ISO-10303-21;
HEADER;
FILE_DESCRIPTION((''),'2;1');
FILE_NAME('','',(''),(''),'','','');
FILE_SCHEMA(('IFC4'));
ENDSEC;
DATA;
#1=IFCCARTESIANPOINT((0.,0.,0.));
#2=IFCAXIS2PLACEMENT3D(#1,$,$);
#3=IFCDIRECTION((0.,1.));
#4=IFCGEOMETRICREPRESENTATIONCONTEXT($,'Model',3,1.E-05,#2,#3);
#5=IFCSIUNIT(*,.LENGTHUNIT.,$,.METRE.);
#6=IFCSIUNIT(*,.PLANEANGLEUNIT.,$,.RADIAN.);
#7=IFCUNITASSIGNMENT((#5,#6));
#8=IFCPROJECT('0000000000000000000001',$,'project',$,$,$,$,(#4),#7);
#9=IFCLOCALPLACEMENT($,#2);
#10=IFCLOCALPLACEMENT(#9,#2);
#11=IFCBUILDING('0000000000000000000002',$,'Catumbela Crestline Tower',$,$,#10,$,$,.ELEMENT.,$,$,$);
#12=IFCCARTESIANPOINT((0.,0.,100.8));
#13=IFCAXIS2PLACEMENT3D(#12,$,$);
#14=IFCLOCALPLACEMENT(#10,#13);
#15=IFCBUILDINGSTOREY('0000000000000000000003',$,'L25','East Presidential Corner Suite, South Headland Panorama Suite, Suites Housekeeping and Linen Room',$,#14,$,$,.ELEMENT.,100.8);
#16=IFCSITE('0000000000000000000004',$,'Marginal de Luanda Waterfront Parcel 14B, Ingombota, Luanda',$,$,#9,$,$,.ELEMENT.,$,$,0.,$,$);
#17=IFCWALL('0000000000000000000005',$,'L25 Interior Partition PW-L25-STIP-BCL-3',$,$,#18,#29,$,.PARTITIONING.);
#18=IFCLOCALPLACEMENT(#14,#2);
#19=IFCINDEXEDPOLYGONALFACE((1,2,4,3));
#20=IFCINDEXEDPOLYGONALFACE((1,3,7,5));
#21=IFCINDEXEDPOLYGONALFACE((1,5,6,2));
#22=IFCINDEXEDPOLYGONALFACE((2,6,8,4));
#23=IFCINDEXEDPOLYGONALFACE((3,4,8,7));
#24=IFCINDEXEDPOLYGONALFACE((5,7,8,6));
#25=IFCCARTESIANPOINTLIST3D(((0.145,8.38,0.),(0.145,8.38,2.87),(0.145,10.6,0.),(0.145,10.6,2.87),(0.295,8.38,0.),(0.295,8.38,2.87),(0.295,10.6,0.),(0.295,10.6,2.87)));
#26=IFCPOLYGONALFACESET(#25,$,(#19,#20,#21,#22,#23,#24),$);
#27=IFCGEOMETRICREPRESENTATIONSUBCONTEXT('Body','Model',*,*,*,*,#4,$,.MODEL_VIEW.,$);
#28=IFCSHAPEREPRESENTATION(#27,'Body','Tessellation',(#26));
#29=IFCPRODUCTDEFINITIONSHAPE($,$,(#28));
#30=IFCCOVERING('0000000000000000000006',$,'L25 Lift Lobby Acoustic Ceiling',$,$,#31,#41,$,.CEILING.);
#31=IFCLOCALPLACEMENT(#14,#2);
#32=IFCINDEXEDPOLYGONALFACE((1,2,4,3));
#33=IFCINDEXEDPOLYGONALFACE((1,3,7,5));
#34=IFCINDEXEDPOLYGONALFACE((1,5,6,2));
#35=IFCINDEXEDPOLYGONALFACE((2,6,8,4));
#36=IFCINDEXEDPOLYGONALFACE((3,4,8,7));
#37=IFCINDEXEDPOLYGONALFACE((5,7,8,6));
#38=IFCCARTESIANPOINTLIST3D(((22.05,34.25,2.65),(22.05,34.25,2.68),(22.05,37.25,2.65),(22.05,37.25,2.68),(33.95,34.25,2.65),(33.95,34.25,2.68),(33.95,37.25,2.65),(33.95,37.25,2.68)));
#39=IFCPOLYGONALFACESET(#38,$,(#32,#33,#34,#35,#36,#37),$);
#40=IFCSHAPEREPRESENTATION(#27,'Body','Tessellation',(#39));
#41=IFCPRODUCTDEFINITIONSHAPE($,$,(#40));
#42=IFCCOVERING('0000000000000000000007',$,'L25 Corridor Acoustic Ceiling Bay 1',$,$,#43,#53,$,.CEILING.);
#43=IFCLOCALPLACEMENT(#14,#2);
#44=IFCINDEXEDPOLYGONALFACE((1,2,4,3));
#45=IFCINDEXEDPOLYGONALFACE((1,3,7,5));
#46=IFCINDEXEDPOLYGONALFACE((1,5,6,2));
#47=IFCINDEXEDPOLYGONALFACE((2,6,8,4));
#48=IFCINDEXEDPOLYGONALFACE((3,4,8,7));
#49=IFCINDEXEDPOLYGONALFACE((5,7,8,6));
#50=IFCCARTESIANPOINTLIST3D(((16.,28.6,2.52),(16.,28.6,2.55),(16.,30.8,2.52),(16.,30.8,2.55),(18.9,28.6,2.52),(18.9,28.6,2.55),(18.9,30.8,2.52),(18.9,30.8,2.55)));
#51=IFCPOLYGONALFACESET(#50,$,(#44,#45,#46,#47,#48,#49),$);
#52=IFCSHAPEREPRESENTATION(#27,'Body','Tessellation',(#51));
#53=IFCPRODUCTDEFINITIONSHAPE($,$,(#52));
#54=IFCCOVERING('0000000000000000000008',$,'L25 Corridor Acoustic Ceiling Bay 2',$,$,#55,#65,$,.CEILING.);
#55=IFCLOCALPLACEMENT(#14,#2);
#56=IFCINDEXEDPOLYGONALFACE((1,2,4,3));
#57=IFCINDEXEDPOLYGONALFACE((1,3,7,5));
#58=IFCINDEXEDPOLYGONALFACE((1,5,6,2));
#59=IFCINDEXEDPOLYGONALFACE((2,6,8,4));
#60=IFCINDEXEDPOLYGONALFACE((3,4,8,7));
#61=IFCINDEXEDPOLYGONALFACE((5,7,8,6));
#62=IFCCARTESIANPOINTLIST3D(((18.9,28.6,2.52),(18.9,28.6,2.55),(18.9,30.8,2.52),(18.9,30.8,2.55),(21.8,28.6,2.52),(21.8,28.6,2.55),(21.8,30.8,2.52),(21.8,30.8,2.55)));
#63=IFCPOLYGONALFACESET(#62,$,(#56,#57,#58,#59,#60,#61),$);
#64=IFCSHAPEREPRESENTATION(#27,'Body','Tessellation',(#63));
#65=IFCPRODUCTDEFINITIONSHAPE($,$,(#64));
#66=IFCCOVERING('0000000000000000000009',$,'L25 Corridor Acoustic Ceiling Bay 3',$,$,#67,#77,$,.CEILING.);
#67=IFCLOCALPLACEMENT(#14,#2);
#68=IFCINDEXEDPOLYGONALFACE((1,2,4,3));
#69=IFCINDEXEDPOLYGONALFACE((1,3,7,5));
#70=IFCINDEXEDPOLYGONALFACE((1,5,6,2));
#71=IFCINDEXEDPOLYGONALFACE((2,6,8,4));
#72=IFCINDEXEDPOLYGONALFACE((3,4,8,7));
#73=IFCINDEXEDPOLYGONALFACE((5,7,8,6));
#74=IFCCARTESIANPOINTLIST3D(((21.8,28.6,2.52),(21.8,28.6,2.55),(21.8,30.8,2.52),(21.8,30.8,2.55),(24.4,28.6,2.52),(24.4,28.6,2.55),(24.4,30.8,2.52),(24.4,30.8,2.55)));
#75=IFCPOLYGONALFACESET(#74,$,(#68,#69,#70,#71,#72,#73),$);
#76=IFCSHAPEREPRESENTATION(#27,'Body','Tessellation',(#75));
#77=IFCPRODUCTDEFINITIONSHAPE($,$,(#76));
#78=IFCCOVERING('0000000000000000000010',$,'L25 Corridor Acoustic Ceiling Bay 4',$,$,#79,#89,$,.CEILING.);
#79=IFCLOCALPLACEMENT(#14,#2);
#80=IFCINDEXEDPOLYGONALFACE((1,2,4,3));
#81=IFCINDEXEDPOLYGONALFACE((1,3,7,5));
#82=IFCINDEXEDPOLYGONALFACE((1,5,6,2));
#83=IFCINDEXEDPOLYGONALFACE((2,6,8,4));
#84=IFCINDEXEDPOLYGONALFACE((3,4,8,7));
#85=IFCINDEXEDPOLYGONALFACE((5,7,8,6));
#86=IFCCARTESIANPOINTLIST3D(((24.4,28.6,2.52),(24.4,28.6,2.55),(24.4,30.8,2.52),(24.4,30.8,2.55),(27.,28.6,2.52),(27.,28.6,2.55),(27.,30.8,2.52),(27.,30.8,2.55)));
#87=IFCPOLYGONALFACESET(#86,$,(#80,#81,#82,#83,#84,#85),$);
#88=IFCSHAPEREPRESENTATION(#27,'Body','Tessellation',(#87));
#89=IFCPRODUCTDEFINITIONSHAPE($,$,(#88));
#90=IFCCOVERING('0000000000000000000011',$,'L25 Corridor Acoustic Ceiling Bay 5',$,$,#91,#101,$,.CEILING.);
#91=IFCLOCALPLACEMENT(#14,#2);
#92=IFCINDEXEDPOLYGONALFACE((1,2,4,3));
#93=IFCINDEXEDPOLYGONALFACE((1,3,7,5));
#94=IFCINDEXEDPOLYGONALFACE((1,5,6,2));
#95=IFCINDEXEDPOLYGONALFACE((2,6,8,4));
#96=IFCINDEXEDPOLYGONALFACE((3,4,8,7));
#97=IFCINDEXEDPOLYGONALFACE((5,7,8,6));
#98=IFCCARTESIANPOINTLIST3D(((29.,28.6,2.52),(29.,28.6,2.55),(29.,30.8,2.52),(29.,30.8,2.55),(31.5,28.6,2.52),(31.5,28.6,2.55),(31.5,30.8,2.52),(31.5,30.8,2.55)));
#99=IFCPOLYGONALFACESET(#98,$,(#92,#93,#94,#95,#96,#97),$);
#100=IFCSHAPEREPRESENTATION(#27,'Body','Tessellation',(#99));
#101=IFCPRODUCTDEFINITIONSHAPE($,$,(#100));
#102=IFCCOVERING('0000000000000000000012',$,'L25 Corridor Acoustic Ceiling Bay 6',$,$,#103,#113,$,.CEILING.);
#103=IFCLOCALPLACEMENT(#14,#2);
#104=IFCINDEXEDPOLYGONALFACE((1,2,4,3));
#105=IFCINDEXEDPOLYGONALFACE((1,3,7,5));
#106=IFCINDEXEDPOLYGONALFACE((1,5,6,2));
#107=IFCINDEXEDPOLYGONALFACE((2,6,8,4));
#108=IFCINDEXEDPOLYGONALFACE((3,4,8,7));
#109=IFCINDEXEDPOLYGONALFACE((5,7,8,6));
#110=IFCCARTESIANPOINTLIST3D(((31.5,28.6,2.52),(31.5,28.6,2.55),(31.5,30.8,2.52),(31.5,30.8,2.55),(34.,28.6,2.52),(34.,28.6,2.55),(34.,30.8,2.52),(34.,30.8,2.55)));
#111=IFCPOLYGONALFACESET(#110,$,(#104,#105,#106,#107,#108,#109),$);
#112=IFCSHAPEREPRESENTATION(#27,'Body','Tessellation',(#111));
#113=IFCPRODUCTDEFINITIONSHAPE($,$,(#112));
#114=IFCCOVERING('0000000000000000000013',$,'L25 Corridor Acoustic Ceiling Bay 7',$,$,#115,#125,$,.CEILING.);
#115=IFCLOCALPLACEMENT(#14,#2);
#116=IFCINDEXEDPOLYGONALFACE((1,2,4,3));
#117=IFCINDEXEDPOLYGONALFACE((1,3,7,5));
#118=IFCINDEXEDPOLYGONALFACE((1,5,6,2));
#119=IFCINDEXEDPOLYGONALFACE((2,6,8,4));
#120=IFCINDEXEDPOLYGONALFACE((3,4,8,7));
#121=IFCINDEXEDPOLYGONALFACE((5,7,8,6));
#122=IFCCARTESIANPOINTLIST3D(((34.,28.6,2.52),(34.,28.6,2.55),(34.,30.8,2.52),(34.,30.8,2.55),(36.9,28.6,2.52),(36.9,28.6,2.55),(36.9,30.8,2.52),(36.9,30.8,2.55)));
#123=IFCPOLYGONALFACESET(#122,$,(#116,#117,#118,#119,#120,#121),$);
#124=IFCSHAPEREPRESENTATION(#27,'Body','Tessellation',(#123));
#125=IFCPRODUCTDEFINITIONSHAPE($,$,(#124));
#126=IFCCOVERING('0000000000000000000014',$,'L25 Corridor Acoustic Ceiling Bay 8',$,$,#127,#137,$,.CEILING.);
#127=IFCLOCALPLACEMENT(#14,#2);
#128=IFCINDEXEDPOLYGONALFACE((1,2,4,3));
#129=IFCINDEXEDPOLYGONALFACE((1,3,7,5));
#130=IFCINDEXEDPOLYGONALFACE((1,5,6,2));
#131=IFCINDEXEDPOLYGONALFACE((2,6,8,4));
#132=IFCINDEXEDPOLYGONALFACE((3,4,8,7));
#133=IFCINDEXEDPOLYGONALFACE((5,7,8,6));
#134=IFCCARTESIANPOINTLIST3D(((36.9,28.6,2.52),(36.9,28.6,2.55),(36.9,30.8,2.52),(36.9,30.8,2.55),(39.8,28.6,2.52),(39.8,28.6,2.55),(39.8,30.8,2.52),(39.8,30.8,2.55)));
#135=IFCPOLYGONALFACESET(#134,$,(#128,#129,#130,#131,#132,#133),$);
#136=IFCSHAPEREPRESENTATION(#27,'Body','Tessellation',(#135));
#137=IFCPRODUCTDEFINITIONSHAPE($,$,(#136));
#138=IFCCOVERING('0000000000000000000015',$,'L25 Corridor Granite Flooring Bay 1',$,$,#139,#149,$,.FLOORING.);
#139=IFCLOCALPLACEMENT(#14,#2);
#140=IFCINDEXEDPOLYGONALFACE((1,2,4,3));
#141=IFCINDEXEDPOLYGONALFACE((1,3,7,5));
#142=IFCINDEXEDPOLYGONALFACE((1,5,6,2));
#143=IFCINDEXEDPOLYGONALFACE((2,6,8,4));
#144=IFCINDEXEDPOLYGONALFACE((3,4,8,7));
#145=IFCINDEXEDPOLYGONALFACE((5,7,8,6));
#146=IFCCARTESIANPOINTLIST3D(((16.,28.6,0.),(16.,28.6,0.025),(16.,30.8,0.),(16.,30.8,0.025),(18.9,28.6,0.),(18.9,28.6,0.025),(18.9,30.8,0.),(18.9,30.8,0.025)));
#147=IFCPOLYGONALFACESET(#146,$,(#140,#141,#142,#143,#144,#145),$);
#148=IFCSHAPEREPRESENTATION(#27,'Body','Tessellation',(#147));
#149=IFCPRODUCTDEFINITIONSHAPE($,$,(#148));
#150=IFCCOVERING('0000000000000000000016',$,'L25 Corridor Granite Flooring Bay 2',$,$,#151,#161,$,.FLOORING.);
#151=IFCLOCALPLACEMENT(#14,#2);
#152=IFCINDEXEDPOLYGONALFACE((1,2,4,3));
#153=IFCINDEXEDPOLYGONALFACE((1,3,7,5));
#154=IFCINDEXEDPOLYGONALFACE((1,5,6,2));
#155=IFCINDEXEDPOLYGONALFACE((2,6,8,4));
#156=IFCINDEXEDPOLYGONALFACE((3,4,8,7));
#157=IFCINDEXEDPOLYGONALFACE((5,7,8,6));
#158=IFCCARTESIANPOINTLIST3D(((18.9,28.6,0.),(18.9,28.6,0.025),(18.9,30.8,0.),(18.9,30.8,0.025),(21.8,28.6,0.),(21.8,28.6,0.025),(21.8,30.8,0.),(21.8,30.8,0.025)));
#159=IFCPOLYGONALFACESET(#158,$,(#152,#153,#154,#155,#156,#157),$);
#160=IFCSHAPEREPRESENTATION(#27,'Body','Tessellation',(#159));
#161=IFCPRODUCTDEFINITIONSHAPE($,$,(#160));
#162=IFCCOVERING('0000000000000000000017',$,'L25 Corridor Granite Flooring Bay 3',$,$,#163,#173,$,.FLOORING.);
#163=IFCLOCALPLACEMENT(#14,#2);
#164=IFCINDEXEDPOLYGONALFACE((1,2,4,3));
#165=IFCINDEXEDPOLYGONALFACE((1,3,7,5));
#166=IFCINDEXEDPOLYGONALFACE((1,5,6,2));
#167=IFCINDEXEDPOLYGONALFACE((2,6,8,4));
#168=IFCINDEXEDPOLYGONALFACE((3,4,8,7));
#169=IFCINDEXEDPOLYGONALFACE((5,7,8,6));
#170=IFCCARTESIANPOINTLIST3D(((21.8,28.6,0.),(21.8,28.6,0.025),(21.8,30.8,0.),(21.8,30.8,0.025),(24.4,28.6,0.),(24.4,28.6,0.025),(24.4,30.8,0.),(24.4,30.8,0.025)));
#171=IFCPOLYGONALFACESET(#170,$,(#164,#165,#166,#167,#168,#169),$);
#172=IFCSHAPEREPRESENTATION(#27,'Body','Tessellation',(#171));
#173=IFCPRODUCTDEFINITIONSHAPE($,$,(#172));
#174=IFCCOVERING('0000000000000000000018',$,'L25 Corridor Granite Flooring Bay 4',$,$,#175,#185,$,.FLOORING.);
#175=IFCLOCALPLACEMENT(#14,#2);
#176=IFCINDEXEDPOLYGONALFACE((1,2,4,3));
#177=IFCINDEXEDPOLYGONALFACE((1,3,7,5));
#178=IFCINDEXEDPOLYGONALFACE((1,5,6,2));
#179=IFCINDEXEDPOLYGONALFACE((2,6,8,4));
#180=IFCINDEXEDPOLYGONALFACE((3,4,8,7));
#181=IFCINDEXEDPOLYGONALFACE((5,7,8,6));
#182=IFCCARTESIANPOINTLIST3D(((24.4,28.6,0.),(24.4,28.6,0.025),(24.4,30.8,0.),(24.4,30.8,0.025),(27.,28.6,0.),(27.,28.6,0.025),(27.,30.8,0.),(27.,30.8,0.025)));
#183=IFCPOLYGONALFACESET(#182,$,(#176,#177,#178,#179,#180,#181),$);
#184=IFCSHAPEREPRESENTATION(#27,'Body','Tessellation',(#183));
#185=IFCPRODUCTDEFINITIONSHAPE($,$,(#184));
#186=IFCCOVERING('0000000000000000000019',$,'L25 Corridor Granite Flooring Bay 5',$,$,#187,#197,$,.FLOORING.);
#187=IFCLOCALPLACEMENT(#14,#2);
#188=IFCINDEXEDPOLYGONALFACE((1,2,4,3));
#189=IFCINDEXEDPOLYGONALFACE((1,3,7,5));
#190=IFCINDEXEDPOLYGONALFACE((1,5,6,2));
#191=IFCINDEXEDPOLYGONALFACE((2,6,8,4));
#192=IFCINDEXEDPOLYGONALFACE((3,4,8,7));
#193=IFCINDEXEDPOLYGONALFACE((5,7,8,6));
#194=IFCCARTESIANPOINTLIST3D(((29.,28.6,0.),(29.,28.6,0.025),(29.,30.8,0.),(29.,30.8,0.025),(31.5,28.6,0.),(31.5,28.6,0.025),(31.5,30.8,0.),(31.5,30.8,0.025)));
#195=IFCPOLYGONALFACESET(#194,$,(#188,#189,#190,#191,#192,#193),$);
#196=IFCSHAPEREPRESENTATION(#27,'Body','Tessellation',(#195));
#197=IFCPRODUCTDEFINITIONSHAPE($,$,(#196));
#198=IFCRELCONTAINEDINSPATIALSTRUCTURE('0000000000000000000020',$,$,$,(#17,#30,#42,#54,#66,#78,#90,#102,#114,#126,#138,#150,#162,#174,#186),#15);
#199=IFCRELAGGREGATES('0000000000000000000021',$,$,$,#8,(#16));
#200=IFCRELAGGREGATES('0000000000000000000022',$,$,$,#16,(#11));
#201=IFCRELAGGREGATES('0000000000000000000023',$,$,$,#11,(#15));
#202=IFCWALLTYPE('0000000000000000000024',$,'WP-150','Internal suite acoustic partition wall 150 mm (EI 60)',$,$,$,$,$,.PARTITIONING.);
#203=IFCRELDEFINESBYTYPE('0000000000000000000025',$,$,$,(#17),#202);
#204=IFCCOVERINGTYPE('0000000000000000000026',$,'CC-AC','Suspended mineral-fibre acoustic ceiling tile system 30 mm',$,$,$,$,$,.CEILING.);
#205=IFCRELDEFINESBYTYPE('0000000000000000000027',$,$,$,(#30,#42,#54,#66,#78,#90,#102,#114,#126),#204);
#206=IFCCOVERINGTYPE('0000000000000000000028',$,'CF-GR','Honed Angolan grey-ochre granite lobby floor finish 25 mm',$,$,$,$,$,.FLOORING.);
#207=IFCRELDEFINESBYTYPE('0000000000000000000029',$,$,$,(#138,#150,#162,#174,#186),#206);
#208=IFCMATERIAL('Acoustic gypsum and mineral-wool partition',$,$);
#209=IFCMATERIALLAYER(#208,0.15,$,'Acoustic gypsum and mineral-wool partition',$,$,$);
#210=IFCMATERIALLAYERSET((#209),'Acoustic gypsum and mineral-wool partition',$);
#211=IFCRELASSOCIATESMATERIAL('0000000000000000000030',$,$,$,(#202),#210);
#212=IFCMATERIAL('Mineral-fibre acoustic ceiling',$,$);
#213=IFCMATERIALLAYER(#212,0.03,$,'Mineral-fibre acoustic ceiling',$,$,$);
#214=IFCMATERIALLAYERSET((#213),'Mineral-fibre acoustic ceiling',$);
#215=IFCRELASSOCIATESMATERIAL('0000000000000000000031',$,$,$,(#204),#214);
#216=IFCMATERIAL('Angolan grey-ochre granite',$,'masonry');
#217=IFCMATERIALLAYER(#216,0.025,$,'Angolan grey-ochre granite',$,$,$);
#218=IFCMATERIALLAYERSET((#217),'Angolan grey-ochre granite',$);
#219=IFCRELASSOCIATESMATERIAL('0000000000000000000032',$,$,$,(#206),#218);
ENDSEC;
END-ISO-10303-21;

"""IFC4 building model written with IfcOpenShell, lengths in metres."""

from ifc_helpers import new_model, si_unit, direction, frame, frame_2d, origin, place, context, subcontext, project, spatial, polyline, rectangle, outline, extrude, material, layer, layer_set, type_object, element, save


model = new_model("IFC4")

# Units and contexts
model_context = context("Model", 3, precision=1e-05, world=origin(), true_north=direction((0.0, 1.0)))
body_context = subcontext(model_context, "Body", "Model", "MODEL_VIEW")
ifc_project = project(units=[si_unit("LENGTHUNIT", "METRE"), si_unit("PLANEANGLEUNIT", "RADIAN")], contexts=[model_context])

# Site, building, storey
site_placement = place(None, origin())
site = spatial("IfcSite", under=ifc_project, at=site_placement, Name="Marginal de Luanda Waterfront Parcel 14B, Ingombota, Luanda", CompositionType="ELEMENT", RefElevation=0.0)
building_placement = place(site_placement, origin())
building = spatial("IfcBuilding", under=site, at=building_placement, Name="Catumbela Crestline Tower", CompositionType="ELEMENT")
storey_placement = place(building_placement, frame((0.0, 0.0, 100.8)))
storey = spatial("IfcBuildingStorey", under=building, at=storey_placement, Name="L25", Description="East Presidential Corner Suite, South Headland Panorama Suite, Suites Housekeeping and Linen Room", CompositionType="ELEMENT", Elevation=100.8)

# Shared definitions
ifc_material_1 = material(Name="Angolan grey-ochre granite", Category="masonry")

# Shared definitions
ifc_material_2 = material(Name="Acoustic gypsum and mineral-wool partition")
ifc_layer_1 = layer(ifc_material_2, 0.15, Name="Acoustic gypsum and mineral-wool partition")
ifc_layer_set_1 = layer_set([ifc_layer_1], Name="Acoustic gypsum and mineral-wool partition")
wall_type_1 = type_object("IfcWallType", Name="WP-150", Description="Internal suite acoustic partition wall 150 mm (EI 60)", PredefinedType="PARTITIONING", material=ifc_layer_set_1)

# Wall
wall_1_placement = place(storey_placement, frame((0.22, 8.38, 0.0), z_axis=(0.0, 0.0, 1.0), x_axis=(0.0, 1.0, 0.0)))
element("IfcWall", 1, at=wall_1_placement, inside=storey, type_object=wall_type_1, Name="L25 Interior Partition PW-L25-STIP-BCL-3", PredefinedType="PARTITIONING", context=body_context, shape_type="SweptSolid", body=[
    extrude(rectangle(XDim=2.22, YDim=0.15, at=frame_2d((1.11, 0.0))), origin(), (0.0, 0.0, 1.0), 2.87),
])

# Coverings
ifc_material_3 = material(Name="Mineral-fibre acoustic ceiling")
ifc_layer_2 = layer(ifc_material_3, 0.03, Name="Mineral-fibre acoustic ceiling")
ifc_layer_set_2 = layer_set([ifc_layer_2], Name="Mineral-fibre acoustic ceiling")
covering_type_1 = type_object("IfcCoveringType", Name="CC-AC", Description="Suspended mineral-fibre acoustic ceiling tile system 30 mm", PredefinedType="CEILING", material=ifc_layer_set_2)
covering_1_placement = place(storey_placement, frame((0.0, 0.0, 2.65)))
element("IfcCovering", 2, at=covering_1_placement, inside=storey, type_object=covering_type_1, Name="L25 Lift Lobby Acoustic Ceiling", PredefinedType="CEILING", context=body_context, shape_type="SweptSolid", body=[
    extrude(outline(polyline([(22.05, 34.25), (33.95, 34.25), (33.95, 37.25), (22.05, 37.25), (22.05, 34.25)])), origin(), (0.0, 0.0, 1.0), 0.03),
])
covering_2_placement = place(storey_placement, frame((0.0, 0.0, 2.52)))
element("IfcCovering", 3, at=covering_2_placement, inside=storey, type_object=covering_type_1, Name="L25 Corridor Acoustic Ceiling Bay 1", PredefinedType="CEILING", context=body_context, shape_type="SweptSolid", body=[
    extrude(outline(polyline([(16.0, 28.6), (18.9, 28.6), (18.9, 30.8), (16.0, 30.8), (16.0, 28.6)])), origin(), (0.0, 0.0, 1.0), 0.03),
])
covering_3_placement = place(storey_placement, frame((0.0, 0.0, 2.52)))
element("IfcCovering", 4, at=covering_3_placement, inside=storey, type_object=covering_type_1, Name="L25 Corridor Acoustic Ceiling Bay 2", PredefinedType="CEILING", context=body_context, shape_type="SweptSolid", body=[
    extrude(outline(polyline([(18.9, 28.6), (21.8, 28.6), (21.8, 30.8), (18.9, 30.8), (18.9, 28.6)])), origin(), (0.0, 0.0, 1.0), 0.03),
])
covering_4_placement = place(storey_placement, frame((0.0, 0.0, 2.52)))
element("IfcCovering", 5, at=covering_4_placement, inside=storey, type_object=covering_type_1, Name="L25 Corridor Acoustic Ceiling Bay 3", PredefinedType="CEILING", context=body_context, shape_type="SweptSolid", body=[
    extrude(outline(polyline([(21.8, 28.6), (24.4, 28.6), (24.4, 30.8), (21.8, 30.8), (21.8, 28.6)])), origin(), (0.0, 0.0, 1.0), 0.03),
])
covering_5_placement = place(storey_placement, frame((0.0, 0.0, 2.52)))
element("IfcCovering", 6, at=covering_5_placement, inside=storey, type_object=covering_type_1, Name="L25 Corridor Acoustic Ceiling Bay 4", PredefinedType="CEILING", context=body_context, shape_type="SweptSolid", body=[
    extrude(outline(polyline([(24.4, 28.6), (27.0, 28.6), (27.0, 30.8), (24.4, 30.8), (24.4, 28.6)])), origin(), (0.0, 0.0, 1.0), 0.03),
])
covering_6_placement = place(storey_placement, frame((0.0, 0.0, 2.52)))
element("IfcCovering", 7, at=covering_6_placement, inside=storey, type_object=covering_type_1, Name="L25 Corridor Acoustic Ceiling Bay 5", PredefinedType="CEILING", context=body_context, shape_type="SweptSolid", body=[
    extrude(outline(polyline([(29.0, 28.6), (31.5, 28.6), (31.5, 30.8), (29.0, 30.8), (29.0, 28.6)])), origin(), (0.0, 0.0, 1.0), 0.03),
])
covering_7_placement = place(storey_placement, frame((0.0, 0.0, 2.52)))
element("IfcCovering", 8, at=covering_7_placement, inside=storey, type_object=covering_type_1, Name="L25 Corridor Acoustic Ceiling Bay 6", PredefinedType="CEILING", context=body_context, shape_type="SweptSolid", body=[
    extrude(outline(polyline([(31.5, 28.6), (34.0, 28.6), (34.0, 30.8), (31.5, 30.8), (31.5, 28.6)])), origin(), (0.0, 0.0, 1.0), 0.03),
])
covering_8_placement = place(storey_placement, frame((0.0, 0.0, 2.52)))
element("IfcCovering", 9, at=covering_8_placement, inside=storey, type_object=covering_type_1, Name="L25 Corridor Acoustic Ceiling Bay 7", PredefinedType="CEILING", context=body_context, shape_type="SweptSolid", body=[
    extrude(outline(polyline([(34.0, 28.6), (36.9, 28.6), (36.9, 30.8), (34.0, 30.8), (34.0, 28.6)])), origin(), (0.0, 0.0, 1.0), 0.03),
])
covering_9_placement = place(storey_placement, frame((0.0, 0.0, 2.52)))
element("IfcCovering", 10, at=covering_9_placement, inside=storey, type_object=covering_type_1, Name="L25 Corridor Acoustic Ceiling Bay 8", PredefinedType="CEILING", context=body_context, shape_type="SweptSolid", body=[
    extrude(outline(polyline([(36.9, 28.6), (39.8, 28.6), (39.8, 30.8), (36.9, 30.8), (36.9, 28.6)])), origin(), (0.0, 0.0, 1.0), 0.03),
])
ifc_layer_3 = layer(ifc_material_1, 0.025, Name="Angolan grey-ochre granite")
ifc_layer_set_3 = layer_set([ifc_layer_3], Name="Angolan grey-ochre granite")
covering_type_2 = type_object("IfcCoveringType", Name="CF-GR", Description="Honed Angolan grey-ochre granite lobby floor finish 25 mm", PredefinedType="FLOORING", material=ifc_layer_set_3)
covering_10_placement = place(storey_placement, origin())
element("IfcCovering", 11, at=covering_10_placement, inside=storey, type_object=covering_type_2, Name="L25 Corridor Granite Flooring Bay 1", PredefinedType="FLOORING", context=body_context, shape_type="SweptSolid", body=[
    extrude(outline(polyline([(16.0, 28.6), (18.9, 28.6), (18.9, 30.8), (16.0, 30.8), (16.0, 28.6)])), origin(), (0.0, 0.0, 1.0), 0.025),
])
covering_11_placement = place(storey_placement, origin())
element("IfcCovering", 12, at=covering_11_placement, inside=storey, type_object=covering_type_2, Name="L25 Corridor Granite Flooring Bay 2", PredefinedType="FLOORING", context=body_context, shape_type="SweptSolid", body=[
    extrude(outline(polyline([(18.9, 28.6), (21.8, 28.6), (21.8, 30.8), (18.9, 30.8), (18.9, 28.6)])), origin(), (0.0, 0.0, 1.0), 0.025),
])
covering_12_placement = place(storey_placement, origin())
element("IfcCovering", 13, at=covering_12_placement, inside=storey, type_object=covering_type_2, Name="L25 Corridor Granite Flooring Bay 3", PredefinedType="FLOORING", context=body_context, shape_type="SweptSolid", body=[
    extrude(outline(polyline([(21.8, 28.6), (24.4, 28.6), (24.4, 30.8), (21.8, 30.8), (21.8, 28.6)])), origin(), (0.0, 0.0, 1.0), 0.025),
])
covering_13_placement = place(storey_placement, origin())
element("IfcCovering", 14, at=covering_13_placement, inside=storey, type_object=covering_type_2, Name="L25 Corridor Granite Flooring Bay 4", PredefinedType="FLOORING", context=body_context, shape_type="SweptSolid", body=[
    extrude(outline(polyline([(24.4, 28.6), (27.0, 28.6), (27.0, 30.8), (24.4, 30.8), (24.4, 28.6)])), origin(), (0.0, 0.0, 1.0), 0.025),
])
covering_14_placement = place(storey_placement, origin())
element("IfcCovering", 15, at=covering_14_placement, inside=storey, type_object=covering_type_2, Name="L25 Corridor Granite Flooring Bay 5", PredefinedType="FLOORING", context=body_context, shape_type="SweptSolid", body=[
    extrude(outline(polyline([(29.0, 28.6), (31.5, 28.6), (31.5, 30.8), (29.0, 30.8), (29.0, 28.6)])), origin(), (0.0, 0.0, 1.0), 0.025),
])

save(model, "model.ifc")
